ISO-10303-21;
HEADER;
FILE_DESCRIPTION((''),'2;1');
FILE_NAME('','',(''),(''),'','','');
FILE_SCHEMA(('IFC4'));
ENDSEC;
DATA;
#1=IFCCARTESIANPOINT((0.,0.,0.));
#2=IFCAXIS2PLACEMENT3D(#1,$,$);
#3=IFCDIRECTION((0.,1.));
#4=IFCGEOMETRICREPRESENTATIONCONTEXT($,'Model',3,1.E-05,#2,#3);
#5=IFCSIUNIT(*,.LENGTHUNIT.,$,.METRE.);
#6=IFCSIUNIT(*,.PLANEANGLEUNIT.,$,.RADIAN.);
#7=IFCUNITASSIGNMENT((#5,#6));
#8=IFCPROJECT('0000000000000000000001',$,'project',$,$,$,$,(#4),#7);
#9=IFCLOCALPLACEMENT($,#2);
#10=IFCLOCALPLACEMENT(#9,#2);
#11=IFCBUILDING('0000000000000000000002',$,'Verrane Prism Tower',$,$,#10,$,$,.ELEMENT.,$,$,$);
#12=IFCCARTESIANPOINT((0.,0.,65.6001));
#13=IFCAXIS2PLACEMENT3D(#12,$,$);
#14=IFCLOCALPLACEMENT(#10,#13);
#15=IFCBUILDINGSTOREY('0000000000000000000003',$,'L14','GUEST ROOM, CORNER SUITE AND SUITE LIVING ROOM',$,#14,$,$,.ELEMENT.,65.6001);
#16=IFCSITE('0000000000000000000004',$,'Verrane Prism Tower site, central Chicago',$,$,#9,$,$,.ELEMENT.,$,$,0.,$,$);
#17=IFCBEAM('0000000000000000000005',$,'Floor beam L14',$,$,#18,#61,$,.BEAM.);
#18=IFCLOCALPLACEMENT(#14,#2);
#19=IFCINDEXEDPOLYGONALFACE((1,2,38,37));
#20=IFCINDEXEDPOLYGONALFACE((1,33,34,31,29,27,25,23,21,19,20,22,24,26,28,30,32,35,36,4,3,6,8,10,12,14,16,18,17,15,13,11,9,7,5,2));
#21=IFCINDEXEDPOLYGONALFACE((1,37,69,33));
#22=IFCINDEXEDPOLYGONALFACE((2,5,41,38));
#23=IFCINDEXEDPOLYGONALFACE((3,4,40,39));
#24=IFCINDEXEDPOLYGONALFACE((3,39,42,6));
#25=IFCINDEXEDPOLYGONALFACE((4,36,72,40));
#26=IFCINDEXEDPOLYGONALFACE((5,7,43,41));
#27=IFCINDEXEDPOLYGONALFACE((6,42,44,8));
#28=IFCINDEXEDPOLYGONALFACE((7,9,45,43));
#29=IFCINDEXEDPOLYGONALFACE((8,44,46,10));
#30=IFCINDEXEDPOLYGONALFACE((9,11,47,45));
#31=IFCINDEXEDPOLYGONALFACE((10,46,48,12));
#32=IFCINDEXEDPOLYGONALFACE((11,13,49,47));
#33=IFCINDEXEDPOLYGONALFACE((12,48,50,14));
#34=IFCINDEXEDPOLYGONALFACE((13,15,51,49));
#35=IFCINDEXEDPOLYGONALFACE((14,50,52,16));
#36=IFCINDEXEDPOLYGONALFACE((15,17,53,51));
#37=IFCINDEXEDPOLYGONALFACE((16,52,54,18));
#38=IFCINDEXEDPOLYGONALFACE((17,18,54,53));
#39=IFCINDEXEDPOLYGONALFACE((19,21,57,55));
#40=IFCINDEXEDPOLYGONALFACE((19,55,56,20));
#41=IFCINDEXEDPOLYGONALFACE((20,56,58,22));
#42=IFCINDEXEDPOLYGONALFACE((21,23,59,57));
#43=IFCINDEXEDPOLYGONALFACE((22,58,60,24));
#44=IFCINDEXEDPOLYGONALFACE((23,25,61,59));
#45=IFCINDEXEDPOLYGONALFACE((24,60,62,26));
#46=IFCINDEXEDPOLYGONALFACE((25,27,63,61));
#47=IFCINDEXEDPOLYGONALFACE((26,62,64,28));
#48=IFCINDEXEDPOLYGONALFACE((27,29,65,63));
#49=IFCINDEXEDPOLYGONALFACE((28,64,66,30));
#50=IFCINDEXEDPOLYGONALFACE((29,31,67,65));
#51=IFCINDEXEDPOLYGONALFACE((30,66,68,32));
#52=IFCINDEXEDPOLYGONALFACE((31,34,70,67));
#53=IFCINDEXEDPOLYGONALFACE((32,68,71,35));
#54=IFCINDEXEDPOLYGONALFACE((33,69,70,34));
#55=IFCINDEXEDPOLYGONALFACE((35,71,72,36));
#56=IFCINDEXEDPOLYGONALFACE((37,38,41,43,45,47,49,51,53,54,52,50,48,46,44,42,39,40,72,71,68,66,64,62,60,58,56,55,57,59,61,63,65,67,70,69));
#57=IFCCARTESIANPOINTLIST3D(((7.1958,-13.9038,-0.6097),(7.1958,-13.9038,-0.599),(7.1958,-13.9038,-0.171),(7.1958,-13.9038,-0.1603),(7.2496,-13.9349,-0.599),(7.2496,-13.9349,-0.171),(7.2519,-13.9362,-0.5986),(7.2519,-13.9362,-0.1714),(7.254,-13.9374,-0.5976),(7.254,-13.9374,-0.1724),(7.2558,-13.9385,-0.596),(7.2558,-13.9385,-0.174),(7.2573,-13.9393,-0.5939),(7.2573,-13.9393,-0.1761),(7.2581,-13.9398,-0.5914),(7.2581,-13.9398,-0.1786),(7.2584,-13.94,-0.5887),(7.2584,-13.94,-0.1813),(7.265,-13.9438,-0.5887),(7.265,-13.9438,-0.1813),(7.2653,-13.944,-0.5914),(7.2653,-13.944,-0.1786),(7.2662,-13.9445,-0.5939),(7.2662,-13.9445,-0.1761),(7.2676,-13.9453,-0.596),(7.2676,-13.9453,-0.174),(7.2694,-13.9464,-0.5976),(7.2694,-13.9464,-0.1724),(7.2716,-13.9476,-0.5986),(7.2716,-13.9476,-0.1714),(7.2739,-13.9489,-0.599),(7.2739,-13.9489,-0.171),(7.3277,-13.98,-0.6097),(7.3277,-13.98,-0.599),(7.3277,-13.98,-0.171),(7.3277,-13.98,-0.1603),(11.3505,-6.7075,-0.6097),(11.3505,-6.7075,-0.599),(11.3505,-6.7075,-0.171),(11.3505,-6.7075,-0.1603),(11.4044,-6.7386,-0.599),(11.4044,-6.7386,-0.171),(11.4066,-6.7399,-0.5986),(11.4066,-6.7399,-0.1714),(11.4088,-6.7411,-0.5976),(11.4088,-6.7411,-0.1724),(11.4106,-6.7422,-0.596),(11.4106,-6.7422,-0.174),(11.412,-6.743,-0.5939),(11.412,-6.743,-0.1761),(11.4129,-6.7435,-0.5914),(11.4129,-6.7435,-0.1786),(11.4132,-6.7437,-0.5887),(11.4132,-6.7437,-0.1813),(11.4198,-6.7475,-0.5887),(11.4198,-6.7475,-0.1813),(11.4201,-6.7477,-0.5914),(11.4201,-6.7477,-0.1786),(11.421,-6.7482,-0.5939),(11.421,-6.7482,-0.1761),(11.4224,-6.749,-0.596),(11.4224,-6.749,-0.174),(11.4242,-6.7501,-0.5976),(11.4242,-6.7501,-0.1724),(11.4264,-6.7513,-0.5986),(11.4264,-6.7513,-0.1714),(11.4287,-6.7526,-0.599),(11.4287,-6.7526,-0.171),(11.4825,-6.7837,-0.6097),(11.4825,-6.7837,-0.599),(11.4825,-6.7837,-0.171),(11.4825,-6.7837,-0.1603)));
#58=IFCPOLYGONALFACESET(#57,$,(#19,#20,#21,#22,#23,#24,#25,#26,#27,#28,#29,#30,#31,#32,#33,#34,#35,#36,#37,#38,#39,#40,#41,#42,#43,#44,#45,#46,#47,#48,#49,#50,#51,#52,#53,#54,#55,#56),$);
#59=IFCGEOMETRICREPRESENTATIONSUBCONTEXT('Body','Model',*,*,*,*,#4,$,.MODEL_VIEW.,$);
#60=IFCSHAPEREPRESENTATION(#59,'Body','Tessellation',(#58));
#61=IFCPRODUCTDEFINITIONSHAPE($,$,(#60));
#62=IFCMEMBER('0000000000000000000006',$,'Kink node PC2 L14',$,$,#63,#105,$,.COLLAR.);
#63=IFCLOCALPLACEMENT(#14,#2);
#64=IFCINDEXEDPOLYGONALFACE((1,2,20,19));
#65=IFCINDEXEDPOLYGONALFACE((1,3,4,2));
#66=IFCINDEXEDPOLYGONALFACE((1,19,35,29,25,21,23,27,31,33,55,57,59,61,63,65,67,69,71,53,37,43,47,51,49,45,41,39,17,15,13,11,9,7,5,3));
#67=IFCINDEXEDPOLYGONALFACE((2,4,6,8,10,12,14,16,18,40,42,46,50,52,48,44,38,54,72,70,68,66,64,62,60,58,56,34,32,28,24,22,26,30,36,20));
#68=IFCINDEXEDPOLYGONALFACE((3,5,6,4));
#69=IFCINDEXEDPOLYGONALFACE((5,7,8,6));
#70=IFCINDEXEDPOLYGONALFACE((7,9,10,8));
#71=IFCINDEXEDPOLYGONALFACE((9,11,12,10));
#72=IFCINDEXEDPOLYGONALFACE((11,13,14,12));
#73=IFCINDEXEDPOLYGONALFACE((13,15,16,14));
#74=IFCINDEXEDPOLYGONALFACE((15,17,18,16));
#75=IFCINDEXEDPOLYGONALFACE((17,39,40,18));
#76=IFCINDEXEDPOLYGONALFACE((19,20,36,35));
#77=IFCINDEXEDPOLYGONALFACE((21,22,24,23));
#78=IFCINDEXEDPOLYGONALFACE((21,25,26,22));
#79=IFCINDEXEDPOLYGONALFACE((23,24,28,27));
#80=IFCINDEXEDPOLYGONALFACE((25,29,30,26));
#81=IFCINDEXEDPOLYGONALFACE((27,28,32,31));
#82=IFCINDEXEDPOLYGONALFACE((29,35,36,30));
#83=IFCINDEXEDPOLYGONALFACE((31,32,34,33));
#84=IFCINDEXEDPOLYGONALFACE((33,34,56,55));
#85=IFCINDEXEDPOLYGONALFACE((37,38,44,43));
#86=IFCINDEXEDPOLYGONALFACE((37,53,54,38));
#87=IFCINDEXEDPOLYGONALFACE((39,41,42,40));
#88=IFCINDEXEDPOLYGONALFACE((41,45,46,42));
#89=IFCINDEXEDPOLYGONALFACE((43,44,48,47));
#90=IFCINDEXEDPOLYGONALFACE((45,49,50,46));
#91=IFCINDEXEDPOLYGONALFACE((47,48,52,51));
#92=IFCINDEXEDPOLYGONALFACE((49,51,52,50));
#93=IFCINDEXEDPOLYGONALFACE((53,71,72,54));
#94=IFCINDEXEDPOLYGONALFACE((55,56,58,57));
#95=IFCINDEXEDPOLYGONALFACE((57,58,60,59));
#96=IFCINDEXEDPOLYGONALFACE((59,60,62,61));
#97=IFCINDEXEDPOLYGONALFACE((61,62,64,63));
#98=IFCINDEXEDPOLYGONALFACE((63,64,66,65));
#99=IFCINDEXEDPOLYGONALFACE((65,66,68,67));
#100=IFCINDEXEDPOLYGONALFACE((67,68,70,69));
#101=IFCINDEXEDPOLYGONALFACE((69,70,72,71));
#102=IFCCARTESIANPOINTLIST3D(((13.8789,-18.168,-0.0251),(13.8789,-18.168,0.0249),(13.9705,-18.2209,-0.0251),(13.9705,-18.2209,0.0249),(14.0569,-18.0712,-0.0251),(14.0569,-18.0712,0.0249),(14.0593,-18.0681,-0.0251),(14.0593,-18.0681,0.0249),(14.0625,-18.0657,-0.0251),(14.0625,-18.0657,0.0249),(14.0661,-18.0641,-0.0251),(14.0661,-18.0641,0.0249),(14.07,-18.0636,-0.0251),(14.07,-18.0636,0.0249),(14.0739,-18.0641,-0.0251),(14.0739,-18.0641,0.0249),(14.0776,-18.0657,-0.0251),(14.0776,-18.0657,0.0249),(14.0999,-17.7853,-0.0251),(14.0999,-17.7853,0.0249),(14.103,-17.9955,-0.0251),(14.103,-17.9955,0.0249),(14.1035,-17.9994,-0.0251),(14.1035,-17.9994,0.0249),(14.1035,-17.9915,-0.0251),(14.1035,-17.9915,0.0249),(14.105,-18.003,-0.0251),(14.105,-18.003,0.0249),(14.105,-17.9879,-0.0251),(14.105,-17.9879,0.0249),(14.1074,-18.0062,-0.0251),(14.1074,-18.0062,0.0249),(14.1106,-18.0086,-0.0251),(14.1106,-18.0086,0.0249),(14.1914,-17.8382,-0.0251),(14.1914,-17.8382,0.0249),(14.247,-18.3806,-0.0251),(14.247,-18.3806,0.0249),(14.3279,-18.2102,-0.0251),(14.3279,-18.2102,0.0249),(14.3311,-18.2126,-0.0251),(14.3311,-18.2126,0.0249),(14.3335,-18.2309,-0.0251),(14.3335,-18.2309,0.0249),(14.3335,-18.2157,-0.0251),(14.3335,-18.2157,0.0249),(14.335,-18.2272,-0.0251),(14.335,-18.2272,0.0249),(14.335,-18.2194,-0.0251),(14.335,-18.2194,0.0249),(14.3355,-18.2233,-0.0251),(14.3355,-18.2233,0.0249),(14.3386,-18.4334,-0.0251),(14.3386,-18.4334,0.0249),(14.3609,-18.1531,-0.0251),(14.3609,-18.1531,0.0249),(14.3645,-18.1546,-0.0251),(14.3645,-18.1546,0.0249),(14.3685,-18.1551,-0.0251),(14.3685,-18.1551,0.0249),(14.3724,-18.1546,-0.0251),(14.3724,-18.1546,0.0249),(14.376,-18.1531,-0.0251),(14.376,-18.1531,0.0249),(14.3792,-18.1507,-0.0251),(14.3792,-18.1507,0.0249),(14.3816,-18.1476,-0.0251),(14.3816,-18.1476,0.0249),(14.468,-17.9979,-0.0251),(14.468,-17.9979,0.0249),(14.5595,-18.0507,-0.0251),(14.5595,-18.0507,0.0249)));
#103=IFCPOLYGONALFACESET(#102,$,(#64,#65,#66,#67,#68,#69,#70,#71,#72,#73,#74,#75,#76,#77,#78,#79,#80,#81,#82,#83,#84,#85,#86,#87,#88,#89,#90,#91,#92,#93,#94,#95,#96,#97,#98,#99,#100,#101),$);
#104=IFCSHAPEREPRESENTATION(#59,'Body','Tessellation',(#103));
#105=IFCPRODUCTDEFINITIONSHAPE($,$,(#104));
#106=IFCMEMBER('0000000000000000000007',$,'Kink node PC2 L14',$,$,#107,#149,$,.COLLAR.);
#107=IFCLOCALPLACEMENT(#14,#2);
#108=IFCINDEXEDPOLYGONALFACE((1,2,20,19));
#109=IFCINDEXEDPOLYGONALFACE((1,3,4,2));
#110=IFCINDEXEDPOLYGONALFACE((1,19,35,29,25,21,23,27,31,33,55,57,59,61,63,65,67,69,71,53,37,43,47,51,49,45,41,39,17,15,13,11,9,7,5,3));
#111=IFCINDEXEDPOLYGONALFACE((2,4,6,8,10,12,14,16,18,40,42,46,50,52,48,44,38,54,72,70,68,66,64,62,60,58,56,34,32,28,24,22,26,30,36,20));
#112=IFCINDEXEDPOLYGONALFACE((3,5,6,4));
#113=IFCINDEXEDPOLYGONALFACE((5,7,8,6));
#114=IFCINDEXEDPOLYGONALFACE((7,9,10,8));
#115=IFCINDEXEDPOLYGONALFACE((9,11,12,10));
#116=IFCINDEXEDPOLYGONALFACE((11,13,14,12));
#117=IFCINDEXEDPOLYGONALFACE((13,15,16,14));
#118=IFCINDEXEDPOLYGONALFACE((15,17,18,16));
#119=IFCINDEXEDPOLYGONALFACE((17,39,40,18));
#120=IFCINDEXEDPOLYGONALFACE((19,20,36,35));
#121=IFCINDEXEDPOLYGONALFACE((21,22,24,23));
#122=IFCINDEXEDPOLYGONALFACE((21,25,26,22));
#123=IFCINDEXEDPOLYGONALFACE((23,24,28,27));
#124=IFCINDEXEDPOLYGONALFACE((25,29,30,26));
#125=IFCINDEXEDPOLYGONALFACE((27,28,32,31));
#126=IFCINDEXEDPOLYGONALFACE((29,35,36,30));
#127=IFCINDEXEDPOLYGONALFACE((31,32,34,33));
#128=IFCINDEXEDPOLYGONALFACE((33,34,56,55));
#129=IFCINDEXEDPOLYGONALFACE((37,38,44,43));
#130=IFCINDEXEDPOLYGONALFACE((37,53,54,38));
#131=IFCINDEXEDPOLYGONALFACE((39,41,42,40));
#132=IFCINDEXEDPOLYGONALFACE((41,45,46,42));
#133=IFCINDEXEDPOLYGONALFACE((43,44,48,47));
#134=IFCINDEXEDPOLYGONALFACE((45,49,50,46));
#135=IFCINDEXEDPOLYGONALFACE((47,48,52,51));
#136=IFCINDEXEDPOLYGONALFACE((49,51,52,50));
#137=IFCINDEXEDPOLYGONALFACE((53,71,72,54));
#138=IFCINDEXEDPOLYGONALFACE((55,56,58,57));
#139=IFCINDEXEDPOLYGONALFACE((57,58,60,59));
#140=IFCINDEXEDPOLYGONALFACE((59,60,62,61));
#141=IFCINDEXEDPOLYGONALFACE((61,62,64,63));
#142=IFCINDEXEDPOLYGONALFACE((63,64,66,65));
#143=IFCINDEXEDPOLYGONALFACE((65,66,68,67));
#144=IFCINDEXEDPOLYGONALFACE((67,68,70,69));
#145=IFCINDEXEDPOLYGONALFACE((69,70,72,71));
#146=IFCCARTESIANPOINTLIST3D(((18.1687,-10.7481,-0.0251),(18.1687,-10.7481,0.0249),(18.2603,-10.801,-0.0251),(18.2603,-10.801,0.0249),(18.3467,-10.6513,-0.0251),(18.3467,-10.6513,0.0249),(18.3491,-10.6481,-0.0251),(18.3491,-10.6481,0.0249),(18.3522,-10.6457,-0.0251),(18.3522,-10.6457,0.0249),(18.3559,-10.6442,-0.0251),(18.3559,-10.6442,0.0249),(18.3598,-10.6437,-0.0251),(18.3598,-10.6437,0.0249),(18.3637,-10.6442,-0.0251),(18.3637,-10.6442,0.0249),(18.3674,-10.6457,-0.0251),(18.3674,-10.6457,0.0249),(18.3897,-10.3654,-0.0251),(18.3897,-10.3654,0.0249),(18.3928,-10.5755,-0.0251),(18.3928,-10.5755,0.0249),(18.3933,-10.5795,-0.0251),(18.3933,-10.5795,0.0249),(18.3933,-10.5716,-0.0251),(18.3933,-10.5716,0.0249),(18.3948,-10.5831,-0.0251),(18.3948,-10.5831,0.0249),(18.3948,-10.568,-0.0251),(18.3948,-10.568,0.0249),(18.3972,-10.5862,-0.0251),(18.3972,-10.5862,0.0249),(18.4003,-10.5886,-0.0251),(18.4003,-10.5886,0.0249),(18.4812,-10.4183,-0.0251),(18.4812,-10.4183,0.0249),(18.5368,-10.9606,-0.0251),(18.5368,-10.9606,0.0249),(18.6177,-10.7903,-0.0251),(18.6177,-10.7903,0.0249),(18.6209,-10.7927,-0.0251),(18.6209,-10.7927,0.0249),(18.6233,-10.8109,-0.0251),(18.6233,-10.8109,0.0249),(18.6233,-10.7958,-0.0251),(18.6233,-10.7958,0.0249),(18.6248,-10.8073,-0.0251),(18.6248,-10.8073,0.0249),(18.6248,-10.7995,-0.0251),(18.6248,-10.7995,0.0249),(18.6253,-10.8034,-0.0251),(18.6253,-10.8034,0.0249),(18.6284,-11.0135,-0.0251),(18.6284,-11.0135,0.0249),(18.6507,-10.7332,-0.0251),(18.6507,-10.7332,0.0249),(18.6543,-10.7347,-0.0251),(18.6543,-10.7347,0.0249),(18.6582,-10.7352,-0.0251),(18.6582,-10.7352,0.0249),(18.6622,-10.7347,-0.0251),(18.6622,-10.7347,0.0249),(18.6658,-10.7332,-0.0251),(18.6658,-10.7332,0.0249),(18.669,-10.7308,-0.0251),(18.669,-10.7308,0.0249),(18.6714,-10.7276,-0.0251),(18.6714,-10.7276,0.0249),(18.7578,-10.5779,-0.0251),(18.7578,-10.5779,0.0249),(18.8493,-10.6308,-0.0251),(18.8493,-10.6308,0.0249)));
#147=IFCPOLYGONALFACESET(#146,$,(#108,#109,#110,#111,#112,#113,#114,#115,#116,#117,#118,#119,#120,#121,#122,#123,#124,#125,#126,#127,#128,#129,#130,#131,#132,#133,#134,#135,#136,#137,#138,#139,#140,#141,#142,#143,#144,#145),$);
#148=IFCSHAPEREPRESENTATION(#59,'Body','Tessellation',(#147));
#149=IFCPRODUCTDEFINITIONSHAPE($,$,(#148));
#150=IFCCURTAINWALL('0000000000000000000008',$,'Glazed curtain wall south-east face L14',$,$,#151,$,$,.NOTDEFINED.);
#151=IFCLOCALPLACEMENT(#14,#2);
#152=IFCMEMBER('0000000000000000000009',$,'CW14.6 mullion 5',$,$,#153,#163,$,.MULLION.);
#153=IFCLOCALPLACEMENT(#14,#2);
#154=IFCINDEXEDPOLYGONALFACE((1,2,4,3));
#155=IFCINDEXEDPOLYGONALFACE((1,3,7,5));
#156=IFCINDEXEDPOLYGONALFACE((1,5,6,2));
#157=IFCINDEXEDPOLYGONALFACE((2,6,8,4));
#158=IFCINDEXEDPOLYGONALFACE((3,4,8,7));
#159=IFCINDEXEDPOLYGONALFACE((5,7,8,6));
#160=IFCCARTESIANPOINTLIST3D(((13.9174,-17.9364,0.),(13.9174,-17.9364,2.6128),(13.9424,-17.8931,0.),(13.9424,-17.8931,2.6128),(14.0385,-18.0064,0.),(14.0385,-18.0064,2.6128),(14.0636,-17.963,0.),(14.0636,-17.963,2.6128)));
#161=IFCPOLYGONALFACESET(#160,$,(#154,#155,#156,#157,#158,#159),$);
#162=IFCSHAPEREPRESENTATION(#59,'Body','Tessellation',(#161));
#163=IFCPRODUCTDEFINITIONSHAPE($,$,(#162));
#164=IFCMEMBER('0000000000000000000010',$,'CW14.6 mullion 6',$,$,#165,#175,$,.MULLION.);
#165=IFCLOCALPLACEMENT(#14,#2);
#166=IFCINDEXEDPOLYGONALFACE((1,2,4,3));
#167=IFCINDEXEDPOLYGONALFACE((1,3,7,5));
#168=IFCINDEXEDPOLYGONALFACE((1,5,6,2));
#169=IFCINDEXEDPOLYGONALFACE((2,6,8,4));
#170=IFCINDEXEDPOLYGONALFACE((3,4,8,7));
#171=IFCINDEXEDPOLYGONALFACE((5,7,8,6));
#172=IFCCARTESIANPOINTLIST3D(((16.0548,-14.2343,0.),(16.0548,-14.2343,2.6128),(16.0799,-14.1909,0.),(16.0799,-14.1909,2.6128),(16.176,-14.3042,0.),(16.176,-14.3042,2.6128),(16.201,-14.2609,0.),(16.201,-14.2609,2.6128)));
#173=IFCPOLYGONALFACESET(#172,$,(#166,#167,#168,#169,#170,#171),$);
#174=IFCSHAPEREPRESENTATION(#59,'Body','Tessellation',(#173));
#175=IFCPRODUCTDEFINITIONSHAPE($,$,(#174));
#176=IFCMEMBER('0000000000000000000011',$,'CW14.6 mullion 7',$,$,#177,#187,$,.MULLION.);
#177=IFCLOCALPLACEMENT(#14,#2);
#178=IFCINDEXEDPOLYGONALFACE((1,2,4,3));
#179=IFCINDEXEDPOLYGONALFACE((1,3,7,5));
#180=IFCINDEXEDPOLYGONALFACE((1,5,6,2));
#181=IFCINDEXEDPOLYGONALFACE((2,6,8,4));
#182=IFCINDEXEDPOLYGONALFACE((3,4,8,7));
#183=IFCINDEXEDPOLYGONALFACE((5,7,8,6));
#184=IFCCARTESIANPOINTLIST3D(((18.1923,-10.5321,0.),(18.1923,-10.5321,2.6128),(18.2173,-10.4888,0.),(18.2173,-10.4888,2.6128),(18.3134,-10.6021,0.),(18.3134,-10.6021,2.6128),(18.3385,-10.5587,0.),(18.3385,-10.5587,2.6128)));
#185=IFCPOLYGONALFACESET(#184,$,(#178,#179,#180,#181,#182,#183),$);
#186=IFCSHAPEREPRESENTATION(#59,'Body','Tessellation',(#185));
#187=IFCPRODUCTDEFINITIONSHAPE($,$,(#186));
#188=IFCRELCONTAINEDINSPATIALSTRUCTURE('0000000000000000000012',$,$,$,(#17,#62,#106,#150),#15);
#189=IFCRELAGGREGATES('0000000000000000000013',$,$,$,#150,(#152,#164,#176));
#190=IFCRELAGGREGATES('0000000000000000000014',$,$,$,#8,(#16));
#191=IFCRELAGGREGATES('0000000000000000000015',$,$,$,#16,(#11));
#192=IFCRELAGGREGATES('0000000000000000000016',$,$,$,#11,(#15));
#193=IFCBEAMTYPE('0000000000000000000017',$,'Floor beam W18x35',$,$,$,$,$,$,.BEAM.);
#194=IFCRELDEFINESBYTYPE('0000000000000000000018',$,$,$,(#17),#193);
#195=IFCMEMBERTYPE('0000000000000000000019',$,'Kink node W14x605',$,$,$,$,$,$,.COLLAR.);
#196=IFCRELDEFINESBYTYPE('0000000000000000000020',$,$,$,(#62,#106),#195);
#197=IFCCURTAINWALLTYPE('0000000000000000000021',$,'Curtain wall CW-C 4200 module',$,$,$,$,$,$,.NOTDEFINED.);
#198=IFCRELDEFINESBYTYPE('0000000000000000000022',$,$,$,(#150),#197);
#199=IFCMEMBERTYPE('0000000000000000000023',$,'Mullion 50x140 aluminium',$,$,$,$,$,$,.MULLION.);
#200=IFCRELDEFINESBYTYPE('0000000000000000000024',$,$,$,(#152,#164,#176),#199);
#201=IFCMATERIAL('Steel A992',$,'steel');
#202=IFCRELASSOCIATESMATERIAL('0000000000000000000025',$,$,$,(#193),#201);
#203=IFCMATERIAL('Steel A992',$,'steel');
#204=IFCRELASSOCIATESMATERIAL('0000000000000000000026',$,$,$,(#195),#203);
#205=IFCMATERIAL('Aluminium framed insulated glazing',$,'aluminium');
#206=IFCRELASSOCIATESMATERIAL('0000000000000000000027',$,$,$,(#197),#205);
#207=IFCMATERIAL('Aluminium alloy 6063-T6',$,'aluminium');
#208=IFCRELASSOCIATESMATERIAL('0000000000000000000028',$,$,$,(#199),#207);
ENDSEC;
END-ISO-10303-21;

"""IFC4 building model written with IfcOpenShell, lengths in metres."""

from ifc_helpers import new_model, si_unit, direction, frame, origin, origin_2d, place, context, subcontext, project, spatial, rectangle, i_section, extrude, material, material_profile, profile_set, type_object, element, aggregate, save


model = new_model("IFC4")

# Units and contexts
model_context = context("Model", 3, precision=1e-05, world=origin(), true_north=direction((0.0, 1.0)))
body_context = subcontext(model_context, "Body", "Model", "MODEL_VIEW")
ifc_project = project(units=[si_unit("LENGTHUNIT", "METRE"), si_unit("PLANEANGLEUNIT", "RADIAN")], contexts=[model_context])

# Site, building, storey
site_placement = place(None, origin())
site = spatial("IfcSite", under=ifc_project, at=site_placement, Name="Verrane Prism Tower site, central Chicago", CompositionType="ELEMENT", RefElevation=0.0)
building_placement = place(site_placement, origin())
building = spatial("IfcBuilding", under=site, at=building_placement, Name="Verrane Prism Tower", CompositionType="ELEMENT")
storey_placement = place(building_placement, frame((0.0, 0.0, 65.6001)))
storey = spatial("IfcBuildingStorey", under=building, at=storey_placement, Name="L14", Description="GUEST ROOM, CORNER SUITE AND SUITE LIVING ROOM", CompositionType="ELEMENT", Elevation=65.6001)

# Beam
ifc_material_1 = material(Name="Steel A992", Category="steel")
ifc_material_profile_1 = material_profile(ifc_material_1, i_section(OverallWidth=0.1523, OverallDepth=0.4495, WebThickness=0.0076, FlangeThickness=0.0107, FilletRadius=0.0103, at=origin_2d()), Name="W18x35")
ifc_profile_set_1 = profile_set([ifc_material_profile_1], Name="Steel A992")
beam_type_1 = type_object("IfcBeamType", Name="Floor beam W18x35", PredefinedType="BEAM", material=ifc_profile_set_1)
beam_1_placement = place(storey_placement, frame((7.2617, -13.9419, -0.385), z_axis=(0.500001, 0.866025, 0.0), x_axis=(-0.866025, 0.500001, 0.0)))
element("IfcBeam", 1, at=beam_1_placement, inside=storey, type_object=beam_type_1, Name="Floor beam L14", PredefinedType="BEAM", context=body_context, shape_type="SweptSolid", body=[
    extrude(i_section(OverallWidth=0.1523, OverallDepth=0.4495, WebThickness=0.0076, FlangeThickness=0.0107, FilletRadius=0.0103, at=origin_2d()), origin(), (0.0, 0.0, 1.0), 8.3096),
])

# Members
ifc_material_2 = material(Name="Steel A992", Category="steel")
ifc_material_profile_2 = material_profile(ifc_material_2, i_section(OverallWidth=0.4419, OverallDepth=0.5308, WebThickness=0.0659, FlangeThickness=0.1057, FilletRadius=0.0151, at=origin_2d()), Name="W14x605")
ifc_profile_set_2 = profile_set([ifc_material_profile_2], Name="Steel A992")
member_type_1 = type_object("IfcMemberType", Name="Kink node W14x605", PredefinedType="COLLAR", material=ifc_profile_set_2)
for number, where, z_axis, x_axis, name in (
    (2, (14.2192, -18.1094, -0.0251), (0.0, 0.0, 1.0), (-0.5, -0.866025, 0.0), "Kink node PC2 L14"),
    (3, (18.509, -10.6895, -0.0251), (0.0, 0.0, 1.0), (-0.5, -0.866025, 0.0), "Kink node PC2 L14"),
):
    element("IfcMember", number, at=place(storey_placement, frame(where, z_axis=z_axis, x_axis=x_axis)), inside=storey, type_object=member_type_1, Name=name, PredefinedType="COLLAR", context=body_context, shape_type="SweptSolid", body=[
        extrude(i_section(OverallWidth=0.4419, OverallDepth=0.5308, WebThickness=0.0659, FlangeThickness=0.1057, FilletRadius=0.0151, at=origin_2d()), origin(), (0.0, 0.0, 1.0), 0.05),
    ])

# Curtain wall, members
ifc_material_3 = material(Name="Aluminium framed insulated glazing", Category="aluminium")
curtain_wall_type = type_object("IfcCurtainWallType", Name="Curtain wall CW-C 4200 module", PredefinedType="NOTDEFINED", material=ifc_material_3)
curtain_wall_placement = place(storey_placement, origin())
curtain_wall = element("IfcCurtainWall", 4, at=curtain_wall_placement, inside=storey, type_object=curtain_wall_type, Name="Glazed curtain wall south-east face L14", PredefinedType="NOTDEFINED")
ifc_material_4 = material(Name="Aluminium alloy 6063-T6", Category="aluminium")
ifc_material_profile_3 = material_profile(ifc_material_4, rectangle(XDim=0.1399, YDim=0.05, at=origin_2d()), Name="Mullion 50x140 aluminium")
ifc_profile_set_3 = profile_set([ifc_material_profile_3], Name="Aluminium alloy 6063-T6")
member_type_2 = type_object("IfcMemberType", Name="Mullion 50x140 aluminium", PredefinedType="MULLION", material=ifc_profile_set_3)
member_1_placement = place(storey_placement, frame((13.9905, -17.9497, 0.0), z_axis=(0.0, 0.0, 1.0), x_axis=(-0.866025, 0.5, 0.0)))
member_1 = element("IfcMember", 5, at=member_1_placement, type_object=member_type_2, Name="CW14.6 mullion 5", PredefinedType="MULLION", context=body_context, shape_type="SweptSolid", body=[
    extrude(rectangle(XDim=0.1399, YDim=0.05, at=origin_2d()), origin(), (0.0, 0.0, 1.0), 2.6128),
])
member_2_placement = place(storey_placement, frame((16.1279, -14.2476, 0.0), z_axis=(0.0, 0.0, 1.0), x_axis=(-0.866025, 0.5, 0.0)))
member_2 = element("IfcMember", 6, at=member_2_placement, type_object=member_type_2, Name="CW14.6 mullion 6", PredefinedType="MULLION", context=body_context, shape_type="SweptSolid", body=[
    extrude(rectangle(XDim=0.1399, YDim=0.05, at=origin_2d()), origin(), (0.0, 0.0, 1.0), 2.6128),
])
member_3_placement = place(storey_placement, frame((18.2654, -10.5454, 0.0), z_axis=(0.0, 0.0, 1.0), x_axis=(-0.866025, 0.5, 0.0)))
member_3 = element("IfcMember", 7, at=member_3_placement, type_object=member_type_2, Name="CW14.6 mullion 7", PredefinedType="MULLION", context=body_context, shape_type="SweptSolid", body=[
    extrude(rectangle(XDim=0.1399, YDim=0.05, at=origin_2d()), origin(), (0.0, 0.0, 1.0), 2.6128),
])

aggregate(curtain_wall, [member_1, member_2, member_3])

save(model, "model.ifc")
